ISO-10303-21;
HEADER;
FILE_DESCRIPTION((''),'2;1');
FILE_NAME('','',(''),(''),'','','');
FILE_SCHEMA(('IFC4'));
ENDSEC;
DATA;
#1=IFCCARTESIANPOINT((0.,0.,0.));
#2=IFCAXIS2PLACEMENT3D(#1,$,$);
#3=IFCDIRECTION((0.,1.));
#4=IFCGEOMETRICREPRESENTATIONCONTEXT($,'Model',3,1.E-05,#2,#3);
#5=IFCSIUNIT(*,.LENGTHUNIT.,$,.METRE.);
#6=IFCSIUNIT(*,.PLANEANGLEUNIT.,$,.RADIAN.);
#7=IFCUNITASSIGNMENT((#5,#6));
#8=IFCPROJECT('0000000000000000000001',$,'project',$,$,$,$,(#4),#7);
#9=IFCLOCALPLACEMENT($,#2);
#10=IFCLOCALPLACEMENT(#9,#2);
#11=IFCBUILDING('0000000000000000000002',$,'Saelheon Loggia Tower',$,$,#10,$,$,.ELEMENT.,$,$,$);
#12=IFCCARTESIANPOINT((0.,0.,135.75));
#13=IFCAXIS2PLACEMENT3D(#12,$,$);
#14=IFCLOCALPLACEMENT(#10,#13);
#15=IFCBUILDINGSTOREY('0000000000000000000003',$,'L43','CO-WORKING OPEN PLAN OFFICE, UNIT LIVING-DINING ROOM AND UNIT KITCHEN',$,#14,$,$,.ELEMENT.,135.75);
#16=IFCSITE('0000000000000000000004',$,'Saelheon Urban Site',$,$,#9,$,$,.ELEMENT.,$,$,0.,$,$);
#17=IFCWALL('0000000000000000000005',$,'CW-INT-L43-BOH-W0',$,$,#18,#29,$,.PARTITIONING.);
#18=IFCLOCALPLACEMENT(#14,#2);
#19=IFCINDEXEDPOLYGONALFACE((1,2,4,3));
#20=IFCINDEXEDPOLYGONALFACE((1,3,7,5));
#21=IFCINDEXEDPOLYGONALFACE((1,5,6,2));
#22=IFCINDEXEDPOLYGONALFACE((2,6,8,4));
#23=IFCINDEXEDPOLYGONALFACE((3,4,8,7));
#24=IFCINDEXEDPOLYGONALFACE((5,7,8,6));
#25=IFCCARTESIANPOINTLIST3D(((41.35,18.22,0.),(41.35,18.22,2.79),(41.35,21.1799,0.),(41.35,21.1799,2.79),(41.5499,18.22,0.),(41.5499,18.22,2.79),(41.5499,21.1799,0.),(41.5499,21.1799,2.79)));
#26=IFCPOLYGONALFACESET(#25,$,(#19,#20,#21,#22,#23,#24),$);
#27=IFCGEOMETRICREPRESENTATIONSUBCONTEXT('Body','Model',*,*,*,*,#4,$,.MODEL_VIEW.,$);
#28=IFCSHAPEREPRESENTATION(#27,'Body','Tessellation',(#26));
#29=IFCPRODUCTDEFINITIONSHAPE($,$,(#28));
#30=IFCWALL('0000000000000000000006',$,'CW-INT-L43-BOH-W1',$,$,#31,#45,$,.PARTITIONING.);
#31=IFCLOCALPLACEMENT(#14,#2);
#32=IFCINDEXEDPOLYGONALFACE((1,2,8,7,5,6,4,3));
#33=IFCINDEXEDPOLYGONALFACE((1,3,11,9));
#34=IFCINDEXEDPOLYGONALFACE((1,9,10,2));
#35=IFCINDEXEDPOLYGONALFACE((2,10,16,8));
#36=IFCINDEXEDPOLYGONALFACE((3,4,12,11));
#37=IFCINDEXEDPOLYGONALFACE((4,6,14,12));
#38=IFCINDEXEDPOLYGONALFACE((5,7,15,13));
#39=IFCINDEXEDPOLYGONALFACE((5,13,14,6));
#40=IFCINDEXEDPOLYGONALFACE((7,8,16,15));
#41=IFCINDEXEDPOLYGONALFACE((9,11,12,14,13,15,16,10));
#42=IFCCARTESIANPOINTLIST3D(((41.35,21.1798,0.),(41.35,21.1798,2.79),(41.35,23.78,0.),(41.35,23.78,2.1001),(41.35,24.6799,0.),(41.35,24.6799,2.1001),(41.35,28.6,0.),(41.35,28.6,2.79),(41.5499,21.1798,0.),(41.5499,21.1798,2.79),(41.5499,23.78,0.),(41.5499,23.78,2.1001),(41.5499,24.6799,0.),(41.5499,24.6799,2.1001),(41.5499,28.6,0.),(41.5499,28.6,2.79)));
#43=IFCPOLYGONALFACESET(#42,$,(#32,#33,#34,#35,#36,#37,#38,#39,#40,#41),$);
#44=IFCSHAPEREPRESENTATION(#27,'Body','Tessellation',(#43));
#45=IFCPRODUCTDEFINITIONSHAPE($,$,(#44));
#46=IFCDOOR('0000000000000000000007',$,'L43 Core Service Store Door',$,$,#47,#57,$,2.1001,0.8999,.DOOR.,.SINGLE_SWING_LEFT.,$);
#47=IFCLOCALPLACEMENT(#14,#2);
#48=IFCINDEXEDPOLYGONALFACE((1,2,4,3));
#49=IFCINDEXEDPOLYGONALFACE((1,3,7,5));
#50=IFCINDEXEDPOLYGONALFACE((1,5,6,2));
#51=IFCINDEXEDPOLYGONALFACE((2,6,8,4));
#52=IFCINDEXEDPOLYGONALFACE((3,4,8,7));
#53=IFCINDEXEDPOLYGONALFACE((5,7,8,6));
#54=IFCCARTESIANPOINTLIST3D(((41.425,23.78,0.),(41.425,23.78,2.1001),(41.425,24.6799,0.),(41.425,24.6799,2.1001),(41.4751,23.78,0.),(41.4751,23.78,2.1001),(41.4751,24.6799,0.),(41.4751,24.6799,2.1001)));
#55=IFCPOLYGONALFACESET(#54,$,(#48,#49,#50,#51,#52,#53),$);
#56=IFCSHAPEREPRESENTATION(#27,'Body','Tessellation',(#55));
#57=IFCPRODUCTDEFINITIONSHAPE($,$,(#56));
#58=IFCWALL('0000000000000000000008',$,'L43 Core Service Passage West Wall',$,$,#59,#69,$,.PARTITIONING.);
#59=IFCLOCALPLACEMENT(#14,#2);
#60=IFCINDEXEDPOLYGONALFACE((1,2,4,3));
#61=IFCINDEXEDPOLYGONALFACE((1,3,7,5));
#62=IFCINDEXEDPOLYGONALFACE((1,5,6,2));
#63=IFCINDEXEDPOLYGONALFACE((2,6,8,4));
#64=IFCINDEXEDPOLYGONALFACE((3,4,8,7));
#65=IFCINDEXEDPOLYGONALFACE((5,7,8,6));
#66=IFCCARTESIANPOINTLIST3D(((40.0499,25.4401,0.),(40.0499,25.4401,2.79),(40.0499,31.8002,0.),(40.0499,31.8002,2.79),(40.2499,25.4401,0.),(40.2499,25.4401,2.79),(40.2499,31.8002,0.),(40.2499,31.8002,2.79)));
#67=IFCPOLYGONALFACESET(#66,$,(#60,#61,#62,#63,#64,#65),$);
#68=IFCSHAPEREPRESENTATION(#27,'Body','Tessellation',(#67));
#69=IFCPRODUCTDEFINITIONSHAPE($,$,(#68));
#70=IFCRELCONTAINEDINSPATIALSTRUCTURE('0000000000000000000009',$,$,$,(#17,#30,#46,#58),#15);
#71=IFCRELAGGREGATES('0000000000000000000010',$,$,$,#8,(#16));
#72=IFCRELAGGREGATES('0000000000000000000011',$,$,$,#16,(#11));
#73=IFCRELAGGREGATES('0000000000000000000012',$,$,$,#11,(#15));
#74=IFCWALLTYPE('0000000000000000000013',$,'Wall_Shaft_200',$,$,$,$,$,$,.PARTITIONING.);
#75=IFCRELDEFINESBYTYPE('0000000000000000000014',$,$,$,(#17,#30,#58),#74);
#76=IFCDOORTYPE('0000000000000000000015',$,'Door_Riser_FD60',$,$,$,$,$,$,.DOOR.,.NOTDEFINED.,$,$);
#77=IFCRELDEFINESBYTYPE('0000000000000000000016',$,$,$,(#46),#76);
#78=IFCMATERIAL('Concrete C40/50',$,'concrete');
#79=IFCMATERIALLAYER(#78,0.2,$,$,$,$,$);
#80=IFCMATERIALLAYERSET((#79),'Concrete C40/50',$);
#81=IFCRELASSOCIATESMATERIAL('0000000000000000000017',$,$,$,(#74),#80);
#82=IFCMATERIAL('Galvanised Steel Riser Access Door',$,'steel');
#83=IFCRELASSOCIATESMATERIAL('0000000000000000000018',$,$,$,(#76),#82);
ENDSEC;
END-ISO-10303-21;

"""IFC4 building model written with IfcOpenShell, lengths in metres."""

from ifc_helpers import new_model, si_unit, direction, frame, frame_2d, origin, place, context, subcontext, project, spatial, rectangle, extrude, source, transform, mapped, material, layer, layer_set, type_object, element, fill, save


model = new_model("IFC4")

# Units and contexts
model_context = context("Model", 3, precision=1e-05, world=origin(), true_north=direction((0.0, 1.0)))
body_context = subcontext(model_context, "Body", "Model", "MODEL_VIEW")
ifc_project = project(units=[si_unit("LENGTHUNIT", "METRE"), si_unit("PLANEANGLEUNIT", "RADIAN")], contexts=[model_context])

# Site, building, storey
site_placement = place(None, origin())
site = spatial("IfcSite", under=ifc_project, at=site_placement, Name="Saelheon Urban Site", CompositionType="ELEMENT", RefElevation=0.0)
building_placement = place(site_placement, origin())
building = spatial("IfcBuilding", under=site, at=building_placement, Name="Saelheon Loggia Tower", CompositionType="ELEMENT")
storey_placement = place(building_placement, frame((0.0, 0.0, 135.75)))
storey = spatial("IfcBuildingStorey", under=building, at=storey_placement, Name="L43", Description="CO-WORKING OPEN PLAN OFFICE, UNIT LIVING-DINING ROOM AND UNIT KITCHEN", CompositionType="ELEMENT", Elevation=135.75)

# Shared definitions
ifc_material_1 = material(Name="Concrete C40/50", Category="concrete")

# Wall
ifc_layer_1 = layer(ifc_material_1, 0.2)
ifc_layer_set_1 = layer_set([ifc_layer_1], Name="Concrete C40/50")
wall_type_1 = type_object("IfcWallType", Name="Wall_Shaft_200", PredefinedType="PARTITIONING", material=ifc_layer_set_1)
wall_1_placement = place(storey_placement, frame((41.45, 18.22, 0.0), z_axis=(0.0, 0.0, 1.0), x_axis=(0.0, 1.0, 0.0)))
element("IfcWall", 1, at=wall_1_placement, inside=storey, type_object=wall_type_1, Name="CW-INT-L43-BOH-W0", PredefinedType="PARTITIONING", context=body_context, shape_type="SweptSolid", body=[
    extrude(rectangle(XDim=2.96, YDim=0.2, at=frame_2d((1.48, 0.0))), origin(), (0.0, 0.0, 1.0), 2.79),
])

# Wall, opening, door
wall_2_placement = place(storey_placement, frame((41.45, 21.1799, 0.0), z_axis=(0.0, 0.0, 1.0), x_axis=(0.0, 1.0, 0.0)))
wall_2 = element("IfcWall", 2, at=wall_2_placement, inside=storey, type_object=wall_type_1, Name="CW-INT-L43-BOH-W1", PredefinedType="PARTITIONING", context=body_context, shape_type="SweptSolid", body=[
    extrude(rectangle(XDim=7.4202, YDim=0.2, at=frame_2d((3.71, 0.0))), origin(), (0.0, 0.0, 1.0), 2.79),
])
opening_1_placement = place(wall_2_placement, frame((2.6001, 0.0, 0.0)))
opening_1 = element("IfcOpeningElement", 3, at=opening_1_placement, cuts=wall_2, PredefinedType="OPENING", context=body_context, shape_type="SweptSolid", body=[
    extrude(rectangle(XDim=0.8999, YDim=2.1001, at=frame_2d((0.45, 1.05))), frame((0.0, 0.1121, 0.0), z_axis=(0.0, -1.0, 0.0), x_axis=(1.0, 0.0, 0.0)), (0.0, 0.0, 1.0), 0.2239),
])
ifc_material_2 = material(Name="Galvanised Steel Riser Access Door", Category="steel")
door_type_1 = type_object("IfcDoorType", Name="Door_Riser_FD60", OperationType="NOTDEFINED", PredefinedType="DOOR", material=ifc_material_2)
shared_shape_1 = source(origin(), body_context, "Body", "SweptSolid", [
    extrude(rectangle(XDim=0.8999, YDim=2.1001, at=frame_2d((0.45, 1.05))), frame((0.0, 0.0249, 0.0), z_axis=(0.0, -1.0, 0.0), x_axis=(1.0, 0.0, 0.0)), (0.0, 0.0, 1.0), 0.05),
])
door_1_placement = place(opening_1_placement, origin())
door_1 = element("IfcDoor", 4, at=door_1_placement, inside=storey, type_object=door_type_1, Name="L43 Core Service Store Door", OperationType="SINGLE_SWING_LEFT", OverallHeight=2.1001, OverallWidth=0.8999, PredefinedType="DOOR", context=body_context, shape_type="MappedRepresentation", body=[
    mapped(shared_shape_1, transform((0.0, 0.0, 0.0), scale=1.0)),
])
fill(opening_1, door_1)

# Wall
wall_3_placement = place(storey_placement, frame((40.1499, 25.4399, 0.0), z_axis=(0.0, 0.0, 1.0), x_axis=(0.0, 1.0, 0.0)))
element("IfcWall", 5, at=wall_3_placement, inside=storey, type_object=wall_type_1, Name="L43 Core Service Passage West Wall", PredefinedType="PARTITIONING", context=body_context, shape_type="SweptSolid", body=[
    extrude(rectangle(XDim=6.3601, YDim=0.2, at=frame_2d((3.1802, 0.0))), origin(), (0.0, 0.0, 1.0), 2.79),
])

save(model, "model.ifc")
